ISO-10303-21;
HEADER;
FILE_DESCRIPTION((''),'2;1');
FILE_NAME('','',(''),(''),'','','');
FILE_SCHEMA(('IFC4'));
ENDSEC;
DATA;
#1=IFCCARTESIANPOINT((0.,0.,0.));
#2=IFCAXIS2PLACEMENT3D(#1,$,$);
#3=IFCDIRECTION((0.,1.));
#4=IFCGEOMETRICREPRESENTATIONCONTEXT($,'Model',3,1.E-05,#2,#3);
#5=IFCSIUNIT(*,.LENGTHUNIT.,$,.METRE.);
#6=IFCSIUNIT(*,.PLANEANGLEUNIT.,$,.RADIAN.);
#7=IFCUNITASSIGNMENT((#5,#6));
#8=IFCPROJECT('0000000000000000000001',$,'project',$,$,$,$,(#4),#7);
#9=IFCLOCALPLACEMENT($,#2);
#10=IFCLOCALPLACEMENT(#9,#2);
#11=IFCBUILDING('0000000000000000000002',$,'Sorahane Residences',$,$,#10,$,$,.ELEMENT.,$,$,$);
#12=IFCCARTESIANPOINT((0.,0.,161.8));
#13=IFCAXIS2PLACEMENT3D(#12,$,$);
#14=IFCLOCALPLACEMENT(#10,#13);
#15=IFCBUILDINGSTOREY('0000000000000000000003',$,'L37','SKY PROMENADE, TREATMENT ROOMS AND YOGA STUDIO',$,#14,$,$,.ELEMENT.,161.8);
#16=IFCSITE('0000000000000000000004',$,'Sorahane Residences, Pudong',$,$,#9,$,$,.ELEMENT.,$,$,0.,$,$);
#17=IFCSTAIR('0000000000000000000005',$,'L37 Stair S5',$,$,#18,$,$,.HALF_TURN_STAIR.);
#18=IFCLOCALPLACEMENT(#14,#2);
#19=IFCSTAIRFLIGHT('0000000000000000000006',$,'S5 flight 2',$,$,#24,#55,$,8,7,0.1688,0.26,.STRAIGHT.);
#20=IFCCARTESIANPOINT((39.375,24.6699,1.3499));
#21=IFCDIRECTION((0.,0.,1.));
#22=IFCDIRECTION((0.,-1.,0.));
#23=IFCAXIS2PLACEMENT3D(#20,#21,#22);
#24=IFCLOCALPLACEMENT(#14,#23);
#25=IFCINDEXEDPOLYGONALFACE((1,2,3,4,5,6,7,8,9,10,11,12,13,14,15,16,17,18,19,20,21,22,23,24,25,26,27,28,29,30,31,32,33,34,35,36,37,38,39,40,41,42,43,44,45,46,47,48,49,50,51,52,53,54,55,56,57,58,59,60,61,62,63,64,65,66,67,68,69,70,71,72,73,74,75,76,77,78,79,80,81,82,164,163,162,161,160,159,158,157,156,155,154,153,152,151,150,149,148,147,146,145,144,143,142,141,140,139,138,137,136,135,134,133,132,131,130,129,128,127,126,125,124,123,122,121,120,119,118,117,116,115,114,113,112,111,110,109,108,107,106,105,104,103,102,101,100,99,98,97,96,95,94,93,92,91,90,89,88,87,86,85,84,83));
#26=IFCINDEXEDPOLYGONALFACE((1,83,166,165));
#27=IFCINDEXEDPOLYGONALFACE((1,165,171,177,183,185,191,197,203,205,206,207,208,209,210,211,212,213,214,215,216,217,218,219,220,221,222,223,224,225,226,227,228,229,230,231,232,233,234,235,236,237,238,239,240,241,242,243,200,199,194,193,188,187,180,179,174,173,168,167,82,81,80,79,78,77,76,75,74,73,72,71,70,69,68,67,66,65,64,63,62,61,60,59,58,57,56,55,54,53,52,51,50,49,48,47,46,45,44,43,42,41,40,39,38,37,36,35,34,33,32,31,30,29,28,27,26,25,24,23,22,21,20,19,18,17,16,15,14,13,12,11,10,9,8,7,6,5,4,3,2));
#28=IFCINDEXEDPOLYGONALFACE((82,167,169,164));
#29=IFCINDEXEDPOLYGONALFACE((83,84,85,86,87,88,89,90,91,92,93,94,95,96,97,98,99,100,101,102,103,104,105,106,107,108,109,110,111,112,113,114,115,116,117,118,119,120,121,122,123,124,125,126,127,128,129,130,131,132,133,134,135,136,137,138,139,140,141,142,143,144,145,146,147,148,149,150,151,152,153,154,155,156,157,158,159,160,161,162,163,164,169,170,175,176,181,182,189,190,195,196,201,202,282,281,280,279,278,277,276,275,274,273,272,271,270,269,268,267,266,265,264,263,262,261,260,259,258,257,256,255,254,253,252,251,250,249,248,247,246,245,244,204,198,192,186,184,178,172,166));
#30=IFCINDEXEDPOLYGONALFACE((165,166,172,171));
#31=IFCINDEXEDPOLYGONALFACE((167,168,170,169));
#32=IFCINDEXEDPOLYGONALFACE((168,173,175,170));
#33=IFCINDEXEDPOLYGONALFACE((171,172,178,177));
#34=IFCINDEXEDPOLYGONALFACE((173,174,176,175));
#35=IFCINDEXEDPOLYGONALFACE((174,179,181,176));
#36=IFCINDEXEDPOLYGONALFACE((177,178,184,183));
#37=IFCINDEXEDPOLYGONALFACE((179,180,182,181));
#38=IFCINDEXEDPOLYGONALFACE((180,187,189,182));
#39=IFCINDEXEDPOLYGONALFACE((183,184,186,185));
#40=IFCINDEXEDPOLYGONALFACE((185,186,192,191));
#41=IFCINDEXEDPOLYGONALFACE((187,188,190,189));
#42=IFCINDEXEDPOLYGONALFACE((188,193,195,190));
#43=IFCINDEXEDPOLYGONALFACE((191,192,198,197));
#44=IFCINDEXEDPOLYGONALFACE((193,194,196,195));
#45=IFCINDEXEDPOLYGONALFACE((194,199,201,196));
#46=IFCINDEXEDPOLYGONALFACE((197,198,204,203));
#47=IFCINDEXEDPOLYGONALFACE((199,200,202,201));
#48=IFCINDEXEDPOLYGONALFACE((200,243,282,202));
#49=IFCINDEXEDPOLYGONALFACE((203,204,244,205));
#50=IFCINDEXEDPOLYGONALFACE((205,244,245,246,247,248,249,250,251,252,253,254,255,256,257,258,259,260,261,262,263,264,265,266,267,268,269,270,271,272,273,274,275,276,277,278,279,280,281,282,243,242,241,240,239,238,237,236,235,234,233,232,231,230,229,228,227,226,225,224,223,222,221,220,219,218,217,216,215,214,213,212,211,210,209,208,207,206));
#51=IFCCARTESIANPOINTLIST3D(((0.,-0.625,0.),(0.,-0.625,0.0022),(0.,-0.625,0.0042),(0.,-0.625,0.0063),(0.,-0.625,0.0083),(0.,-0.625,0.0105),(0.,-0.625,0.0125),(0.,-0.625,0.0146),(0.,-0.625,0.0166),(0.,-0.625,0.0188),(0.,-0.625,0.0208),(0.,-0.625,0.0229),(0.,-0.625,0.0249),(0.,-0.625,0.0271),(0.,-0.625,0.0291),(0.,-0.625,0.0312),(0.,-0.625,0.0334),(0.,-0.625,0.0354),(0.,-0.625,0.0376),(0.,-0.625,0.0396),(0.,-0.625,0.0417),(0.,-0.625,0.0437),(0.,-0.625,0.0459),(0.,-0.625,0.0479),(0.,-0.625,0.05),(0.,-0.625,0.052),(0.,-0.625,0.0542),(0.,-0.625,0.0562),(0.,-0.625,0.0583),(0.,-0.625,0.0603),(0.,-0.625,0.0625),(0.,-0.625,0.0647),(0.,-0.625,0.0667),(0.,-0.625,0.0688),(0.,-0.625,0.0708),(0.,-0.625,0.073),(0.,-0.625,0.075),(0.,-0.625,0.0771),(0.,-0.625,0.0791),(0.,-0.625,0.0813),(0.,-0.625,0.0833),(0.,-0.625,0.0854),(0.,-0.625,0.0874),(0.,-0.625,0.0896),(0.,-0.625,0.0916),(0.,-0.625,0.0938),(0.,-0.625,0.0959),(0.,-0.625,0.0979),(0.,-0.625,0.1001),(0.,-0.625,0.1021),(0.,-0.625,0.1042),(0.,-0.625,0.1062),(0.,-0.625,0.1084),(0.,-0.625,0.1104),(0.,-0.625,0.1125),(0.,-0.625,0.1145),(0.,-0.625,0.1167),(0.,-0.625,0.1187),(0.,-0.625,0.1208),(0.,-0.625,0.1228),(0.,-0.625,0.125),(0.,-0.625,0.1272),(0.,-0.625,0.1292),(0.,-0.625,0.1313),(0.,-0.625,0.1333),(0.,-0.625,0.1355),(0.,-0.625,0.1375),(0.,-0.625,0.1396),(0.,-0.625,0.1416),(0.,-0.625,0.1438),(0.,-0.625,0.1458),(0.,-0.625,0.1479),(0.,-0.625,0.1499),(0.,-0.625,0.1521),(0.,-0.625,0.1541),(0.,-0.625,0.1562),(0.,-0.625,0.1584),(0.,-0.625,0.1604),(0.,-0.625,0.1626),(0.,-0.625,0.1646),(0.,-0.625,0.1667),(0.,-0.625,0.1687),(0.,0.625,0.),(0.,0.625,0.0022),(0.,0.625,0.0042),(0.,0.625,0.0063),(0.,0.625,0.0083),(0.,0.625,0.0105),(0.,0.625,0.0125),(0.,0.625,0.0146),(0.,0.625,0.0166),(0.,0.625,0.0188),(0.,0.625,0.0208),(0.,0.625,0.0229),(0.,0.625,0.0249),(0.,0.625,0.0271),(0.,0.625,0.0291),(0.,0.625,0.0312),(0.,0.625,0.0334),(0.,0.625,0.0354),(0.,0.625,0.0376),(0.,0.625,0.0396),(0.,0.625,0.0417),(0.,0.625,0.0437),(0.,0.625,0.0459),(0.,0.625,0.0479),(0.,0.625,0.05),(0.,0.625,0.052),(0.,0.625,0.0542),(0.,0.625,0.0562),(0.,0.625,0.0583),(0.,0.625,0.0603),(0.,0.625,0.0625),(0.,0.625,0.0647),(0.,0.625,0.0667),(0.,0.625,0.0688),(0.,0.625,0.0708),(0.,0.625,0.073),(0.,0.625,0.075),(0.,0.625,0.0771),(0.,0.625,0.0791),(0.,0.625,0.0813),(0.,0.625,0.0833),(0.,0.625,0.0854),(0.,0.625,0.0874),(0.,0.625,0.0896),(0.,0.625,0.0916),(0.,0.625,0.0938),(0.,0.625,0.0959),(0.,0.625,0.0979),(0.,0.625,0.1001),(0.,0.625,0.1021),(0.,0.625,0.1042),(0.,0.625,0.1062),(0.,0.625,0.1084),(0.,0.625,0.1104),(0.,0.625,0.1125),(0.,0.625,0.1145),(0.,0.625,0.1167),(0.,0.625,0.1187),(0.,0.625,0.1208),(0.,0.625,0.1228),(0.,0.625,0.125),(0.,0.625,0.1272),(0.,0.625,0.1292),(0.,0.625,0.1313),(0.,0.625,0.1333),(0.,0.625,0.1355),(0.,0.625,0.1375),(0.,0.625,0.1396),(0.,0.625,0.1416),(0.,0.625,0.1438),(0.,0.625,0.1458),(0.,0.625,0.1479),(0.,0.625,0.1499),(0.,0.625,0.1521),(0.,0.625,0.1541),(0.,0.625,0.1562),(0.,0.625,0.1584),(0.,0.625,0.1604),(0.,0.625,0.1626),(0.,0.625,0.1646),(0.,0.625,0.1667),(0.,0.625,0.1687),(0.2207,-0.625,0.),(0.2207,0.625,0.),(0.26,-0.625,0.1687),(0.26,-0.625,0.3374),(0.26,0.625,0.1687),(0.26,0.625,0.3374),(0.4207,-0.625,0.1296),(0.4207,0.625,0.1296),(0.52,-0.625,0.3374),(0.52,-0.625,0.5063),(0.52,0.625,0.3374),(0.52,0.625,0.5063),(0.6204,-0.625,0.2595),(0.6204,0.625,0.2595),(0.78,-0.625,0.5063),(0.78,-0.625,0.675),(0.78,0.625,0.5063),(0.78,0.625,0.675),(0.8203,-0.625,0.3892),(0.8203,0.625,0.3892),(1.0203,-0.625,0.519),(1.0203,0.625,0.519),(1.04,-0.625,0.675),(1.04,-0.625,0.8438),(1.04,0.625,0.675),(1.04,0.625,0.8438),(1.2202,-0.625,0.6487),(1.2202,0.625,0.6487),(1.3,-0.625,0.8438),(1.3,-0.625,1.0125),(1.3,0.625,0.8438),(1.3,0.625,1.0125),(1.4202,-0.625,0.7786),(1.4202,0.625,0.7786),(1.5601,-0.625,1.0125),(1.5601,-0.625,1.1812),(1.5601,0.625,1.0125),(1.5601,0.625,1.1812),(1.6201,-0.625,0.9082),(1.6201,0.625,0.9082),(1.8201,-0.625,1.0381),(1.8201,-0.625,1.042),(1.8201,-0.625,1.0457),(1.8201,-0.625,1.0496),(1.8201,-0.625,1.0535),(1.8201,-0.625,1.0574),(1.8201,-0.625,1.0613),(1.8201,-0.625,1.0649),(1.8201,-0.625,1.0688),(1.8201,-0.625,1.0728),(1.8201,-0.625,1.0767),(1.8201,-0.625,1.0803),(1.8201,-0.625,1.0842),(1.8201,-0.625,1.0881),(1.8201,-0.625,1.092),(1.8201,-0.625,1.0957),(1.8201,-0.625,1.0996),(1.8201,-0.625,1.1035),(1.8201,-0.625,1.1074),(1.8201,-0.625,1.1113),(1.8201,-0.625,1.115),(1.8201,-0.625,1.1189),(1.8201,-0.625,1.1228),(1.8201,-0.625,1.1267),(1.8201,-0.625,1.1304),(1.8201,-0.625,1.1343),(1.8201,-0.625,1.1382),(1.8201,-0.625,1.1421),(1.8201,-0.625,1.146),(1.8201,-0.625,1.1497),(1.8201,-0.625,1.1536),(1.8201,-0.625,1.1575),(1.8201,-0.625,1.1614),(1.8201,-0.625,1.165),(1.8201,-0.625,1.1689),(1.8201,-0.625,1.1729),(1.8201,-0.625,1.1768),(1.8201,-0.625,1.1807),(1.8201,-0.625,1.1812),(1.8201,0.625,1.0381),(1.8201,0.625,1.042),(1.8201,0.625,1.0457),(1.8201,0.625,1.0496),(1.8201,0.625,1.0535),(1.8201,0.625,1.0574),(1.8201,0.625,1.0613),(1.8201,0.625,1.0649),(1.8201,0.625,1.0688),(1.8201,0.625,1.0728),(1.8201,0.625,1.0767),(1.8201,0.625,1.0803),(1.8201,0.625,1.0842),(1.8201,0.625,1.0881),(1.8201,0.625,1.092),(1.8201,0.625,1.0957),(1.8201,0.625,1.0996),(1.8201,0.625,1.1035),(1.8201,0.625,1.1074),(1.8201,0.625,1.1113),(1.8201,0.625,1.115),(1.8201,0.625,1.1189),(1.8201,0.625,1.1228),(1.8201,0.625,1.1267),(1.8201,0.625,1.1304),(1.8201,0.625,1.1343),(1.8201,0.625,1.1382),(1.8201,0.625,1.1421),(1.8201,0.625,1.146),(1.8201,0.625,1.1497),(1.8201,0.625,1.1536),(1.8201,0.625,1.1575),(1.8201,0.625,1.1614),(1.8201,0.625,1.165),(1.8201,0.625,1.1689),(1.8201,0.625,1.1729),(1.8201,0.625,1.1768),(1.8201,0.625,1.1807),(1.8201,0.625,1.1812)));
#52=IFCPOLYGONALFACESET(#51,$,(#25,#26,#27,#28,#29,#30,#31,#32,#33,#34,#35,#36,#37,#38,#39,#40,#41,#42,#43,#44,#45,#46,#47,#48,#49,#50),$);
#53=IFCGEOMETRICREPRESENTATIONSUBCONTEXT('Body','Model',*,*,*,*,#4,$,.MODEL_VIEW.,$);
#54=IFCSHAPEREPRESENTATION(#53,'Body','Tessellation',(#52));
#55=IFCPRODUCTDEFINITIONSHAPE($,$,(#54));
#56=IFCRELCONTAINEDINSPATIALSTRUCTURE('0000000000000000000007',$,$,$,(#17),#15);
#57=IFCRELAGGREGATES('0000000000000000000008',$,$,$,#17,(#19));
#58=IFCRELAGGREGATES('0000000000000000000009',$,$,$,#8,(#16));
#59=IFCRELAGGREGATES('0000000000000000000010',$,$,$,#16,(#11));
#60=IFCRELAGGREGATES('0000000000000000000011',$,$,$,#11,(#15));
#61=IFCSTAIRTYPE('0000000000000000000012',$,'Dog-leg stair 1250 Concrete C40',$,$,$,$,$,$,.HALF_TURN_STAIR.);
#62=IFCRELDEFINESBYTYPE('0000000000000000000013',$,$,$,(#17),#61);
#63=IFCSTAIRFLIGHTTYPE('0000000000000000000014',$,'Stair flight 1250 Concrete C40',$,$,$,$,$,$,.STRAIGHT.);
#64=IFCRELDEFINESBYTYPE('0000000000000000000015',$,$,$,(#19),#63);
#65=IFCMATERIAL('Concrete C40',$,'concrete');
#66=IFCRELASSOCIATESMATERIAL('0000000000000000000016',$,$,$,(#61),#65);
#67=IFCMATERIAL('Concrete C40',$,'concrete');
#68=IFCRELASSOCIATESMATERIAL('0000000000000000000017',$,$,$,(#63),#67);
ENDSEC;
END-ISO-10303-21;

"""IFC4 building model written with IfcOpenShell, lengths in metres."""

from ifc_helpers import new_model, si_unit, direction, frame, origin, place, context, subcontext, project, spatial, polyline, outline, extrude, material, type_object, element, aggregate, save


model = new_model("IFC4")

# Units and contexts
model_context = context("Model", 3, precision=1e-05, world=origin(), true_north=direction((0.0, 1.0)))
body_context = subcontext(model_context, "Body", "Model", "MODEL_VIEW")
ifc_project = project(units=[si_unit("LENGTHUNIT", "METRE"), si_unit("PLANEANGLEUNIT", "RADIAN")], contexts=[model_context])

# Site, building, storey
site_placement = place(None, origin())
site = spatial("IfcSite", under=ifc_project, at=site_placement, Name="Sorahane Residences, Pudong", CompositionType="ELEMENT", RefElevation=0.0)
building_placement = place(site_placement, origin())
building = spatial("IfcBuilding", under=site, at=building_placement, Name="Sorahane Residences", CompositionType="ELEMENT")
storey_placement = place(building_placement, frame((0.0, 0.0, 161.8)))
storey = spatial("IfcBuildingStorey", under=building, at=storey_placement, Name="L37", Description="SKY PROMENADE, TREATMENT ROOMS AND YOGA STUDIO", CompositionType="ELEMENT", Elevation=161.8)

# Stair, stair flight
ifc_material_1 = material(Name="Concrete C40", Category="concrete")
stair_type = type_object("IfcStairType", Name="Dog-leg stair 1250 Concrete C40", PredefinedType="HALF_TURN_STAIR", material=ifc_material_1)
stair_placement = place(storey_placement, origin())
stair = element("IfcStair", 1, at=stair_placement, inside=storey, type_object=stair_type, Name="L37 Stair S5", PredefinedType="HALF_TURN_STAIR")
ifc_material_2 = material(Name="Concrete C40", Category="concrete")
stair_flight_type = type_object("IfcStairFlightType", Name="Stair flight 1250 Concrete C40", PredefinedType="STRAIGHT", material=ifc_material_2)
stair_flight_1_placement = place(storey_placement, frame((39.375, 24.6699, 1.3499), z_axis=(0.0, 0.0, 1.0), x_axis=(0.0, -1.0, 0.0)))
stair_flight_1 = element("IfcStairFlight", 2, at=stair_flight_1_placement, type_object=stair_flight_type, Name="S5 flight 2", NumberOfRisers=8, NumberOfTreads=7, PredefinedType="STRAIGHT", RiserHeight=0.1688, TreadLength=0.26, context=body_context, shape_type="SweptSolid", body=[
    extrude(outline(polyline([(0.0, 0.0), (0.0, 0.0022), (0.0, 0.0042), (0.0, 0.0063), (0.0, 0.0083), (0.0, 0.0105), (0.0, 0.0125), (0.0, 0.0146), (0.0, 0.0166), (0.0, 0.0188), (0.0, 0.0208), (0.0, 0.0229), (0.0, 0.0249), (0.0, 0.0271), (0.0, 0.0291), (0.0, 0.0312), (0.0, 0.0334), (0.0, 0.0354), (0.0, 0.0376), (0.0, 0.0396), (0.0, 0.0417), (0.0, 0.0437), (0.0, 0.0459), (0.0, 0.0479), (0.0, 0.05), (0.0, 0.052), (0.0, 0.0542), (0.0, 0.0562), (0.0, 0.0583), (0.0, 0.0603), (0.0, 0.0625), (0.0, 0.0647), (0.0, 0.0667), (0.0, 0.0688), (0.0, 0.0708), (0.0, 0.073), (0.0, 0.075), (0.0, 0.0771), (0.0, 0.0791), (0.0, 0.0813), (0.0, 0.0833), (0.0, 0.0854), (0.0, 0.0874), (0.0, 0.0896), (0.0, 0.0916), (0.0, 0.0938), (0.0, 0.0959), (0.0, 0.0979), (0.0, 0.1001), (0.0, 0.1021), (0.0, 0.1042), (0.0, 0.1062), (0.0, 0.1084), (0.0, 0.1104), (0.0, 0.1125), (0.0, 0.1145), (0.0, 0.1167), (0.0, 0.1187), (0.0, 0.1208), (0.0, 0.1228), (0.0, 0.125), (0.0, 0.1272), (0.0, 0.1292), (0.0, 0.1313), (0.0, 0.1333), (0.0, 0.1355), (0.0, 0.1375), (0.0, 0.1396), (0.0, 0.1416), (0.0, 0.1438), (0.0, 0.1458), (0.0, 0.1479), (0.0, 0.1499), (0.0, 0.1521), (0.0, 0.1541), (0.0, 0.1562), (0.0, 0.1584), (0.0, 0.1604), (0.0, 0.1626), (0.0, 0.1646), (0.0, 0.1667), (0.0, 0.1687), (0.26, 0.1687), (0.26, 0.3374), (0.52, 0.3374), (0.52, 0.5063), (0.78, 0.5063), (0.78, 0.675), (1.04, 0.675), (1.04, 0.8438), (1.3, 0.8438), (1.3, 1.0125), (1.5601, 1.0125), (1.5601, 1.1812), (1.8201, 1.1812), (1.8201, 1.3501), (1.8201, 1.3462), (1.8201, 1.3423), (1.8201, 1.3384), (1.8201, 1.3347), (1.8201, 1.3308), (1.8201, 1.3269), (1.8201, 1.323), (1.8201, 1.3191), (1.8201, 1.3154), (1.8201, 1.3115), (1.8201, 1.3076), (1.8201, 1.3037), (1.8201, 1.3), (1.8201, 1.2961), (1.8201, 1.2922), (1.8201, 1.2883), (1.8201, 1.2844), (1.8201, 1.2808), (1.8201, 1.2769), (1.8201, 1.2729), (1.8201, 1.269), (1.8201, 1.2654), (1.8201, 1.2615), (1.8201, 1.2576), (1.8201, 1.2537), (1.8201, 1.2498), (1.8201, 1.2461), (1.8201, 1.2422), (1.8201, 1.2383), (1.8201, 1.2344), (1.8201, 1.2307), (1.8201, 1.2268), (1.8201, 1.2229), (1.8201, 1.219), (1.8201, 1.2151), (1.8201, 1.2114), (1.8201, 1.2075), (1.8201, 1.2036), (1.8201, 1.1997), (1.8201, 1.196), (1.8201, 1.1921), (1.8201, 1.1882), (1.8201, 1.1843), (1.8201, 1.1807), (1.8201, 1.1768), (1.8201, 1.1729), (1.8201, 1.1689), (1.8201, 1.165), (1.8201, 1.1614), (1.8201, 1.1575), (1.8201, 1.1536), (1.8201, 1.1497), (1.8201, 1.146), (1.8201, 1.1421), (1.8201, 1.1382), (1.8201, 1.1343), (1.8201, 1.1304), (1.8201, 1.1267), (1.8201, 1.1228), (1.8201, 1.1189), (1.8201, 1.115), (1.8201, 1.1113), (1.8201, 1.1074), (1.8201, 1.1035), (1.8201, 1.0996), (1.8201, 1.0957), (1.8201, 1.092), (1.8201, 1.0881), (1.8201, 1.0842), (1.8201, 1.0803), (1.8201, 1.0767), (1.8201, 1.0728), (1.8201, 1.0688), (1.8201, 1.0649), (1.8201, 1.0613), (1.8201, 1.0574), (1.8201, 1.0535), (1.8201, 1.0496), (1.8201, 1.0457), (1.8201, 1.042), (1.8201, 1.0381), (1.6201, 0.9082), (1.4202, 0.7786), (1.2202, 0.6487), (1.0203, 0.519), (0.8203, 0.3892), (0.6204, 0.2595), (0.4207, 0.1296), (0.2207, 0.0), (0.0, 0.0)])), frame((0.0, 0.625, 0.0), z_axis=(0.0, -1.0, 0.0), x_axis=(1.0, 0.0, 0.0)), (0.0, 0.0, 1.0), 1.25),
])
aggregate(stair, [stair_flight_1])

save(model, "model.ifc")
